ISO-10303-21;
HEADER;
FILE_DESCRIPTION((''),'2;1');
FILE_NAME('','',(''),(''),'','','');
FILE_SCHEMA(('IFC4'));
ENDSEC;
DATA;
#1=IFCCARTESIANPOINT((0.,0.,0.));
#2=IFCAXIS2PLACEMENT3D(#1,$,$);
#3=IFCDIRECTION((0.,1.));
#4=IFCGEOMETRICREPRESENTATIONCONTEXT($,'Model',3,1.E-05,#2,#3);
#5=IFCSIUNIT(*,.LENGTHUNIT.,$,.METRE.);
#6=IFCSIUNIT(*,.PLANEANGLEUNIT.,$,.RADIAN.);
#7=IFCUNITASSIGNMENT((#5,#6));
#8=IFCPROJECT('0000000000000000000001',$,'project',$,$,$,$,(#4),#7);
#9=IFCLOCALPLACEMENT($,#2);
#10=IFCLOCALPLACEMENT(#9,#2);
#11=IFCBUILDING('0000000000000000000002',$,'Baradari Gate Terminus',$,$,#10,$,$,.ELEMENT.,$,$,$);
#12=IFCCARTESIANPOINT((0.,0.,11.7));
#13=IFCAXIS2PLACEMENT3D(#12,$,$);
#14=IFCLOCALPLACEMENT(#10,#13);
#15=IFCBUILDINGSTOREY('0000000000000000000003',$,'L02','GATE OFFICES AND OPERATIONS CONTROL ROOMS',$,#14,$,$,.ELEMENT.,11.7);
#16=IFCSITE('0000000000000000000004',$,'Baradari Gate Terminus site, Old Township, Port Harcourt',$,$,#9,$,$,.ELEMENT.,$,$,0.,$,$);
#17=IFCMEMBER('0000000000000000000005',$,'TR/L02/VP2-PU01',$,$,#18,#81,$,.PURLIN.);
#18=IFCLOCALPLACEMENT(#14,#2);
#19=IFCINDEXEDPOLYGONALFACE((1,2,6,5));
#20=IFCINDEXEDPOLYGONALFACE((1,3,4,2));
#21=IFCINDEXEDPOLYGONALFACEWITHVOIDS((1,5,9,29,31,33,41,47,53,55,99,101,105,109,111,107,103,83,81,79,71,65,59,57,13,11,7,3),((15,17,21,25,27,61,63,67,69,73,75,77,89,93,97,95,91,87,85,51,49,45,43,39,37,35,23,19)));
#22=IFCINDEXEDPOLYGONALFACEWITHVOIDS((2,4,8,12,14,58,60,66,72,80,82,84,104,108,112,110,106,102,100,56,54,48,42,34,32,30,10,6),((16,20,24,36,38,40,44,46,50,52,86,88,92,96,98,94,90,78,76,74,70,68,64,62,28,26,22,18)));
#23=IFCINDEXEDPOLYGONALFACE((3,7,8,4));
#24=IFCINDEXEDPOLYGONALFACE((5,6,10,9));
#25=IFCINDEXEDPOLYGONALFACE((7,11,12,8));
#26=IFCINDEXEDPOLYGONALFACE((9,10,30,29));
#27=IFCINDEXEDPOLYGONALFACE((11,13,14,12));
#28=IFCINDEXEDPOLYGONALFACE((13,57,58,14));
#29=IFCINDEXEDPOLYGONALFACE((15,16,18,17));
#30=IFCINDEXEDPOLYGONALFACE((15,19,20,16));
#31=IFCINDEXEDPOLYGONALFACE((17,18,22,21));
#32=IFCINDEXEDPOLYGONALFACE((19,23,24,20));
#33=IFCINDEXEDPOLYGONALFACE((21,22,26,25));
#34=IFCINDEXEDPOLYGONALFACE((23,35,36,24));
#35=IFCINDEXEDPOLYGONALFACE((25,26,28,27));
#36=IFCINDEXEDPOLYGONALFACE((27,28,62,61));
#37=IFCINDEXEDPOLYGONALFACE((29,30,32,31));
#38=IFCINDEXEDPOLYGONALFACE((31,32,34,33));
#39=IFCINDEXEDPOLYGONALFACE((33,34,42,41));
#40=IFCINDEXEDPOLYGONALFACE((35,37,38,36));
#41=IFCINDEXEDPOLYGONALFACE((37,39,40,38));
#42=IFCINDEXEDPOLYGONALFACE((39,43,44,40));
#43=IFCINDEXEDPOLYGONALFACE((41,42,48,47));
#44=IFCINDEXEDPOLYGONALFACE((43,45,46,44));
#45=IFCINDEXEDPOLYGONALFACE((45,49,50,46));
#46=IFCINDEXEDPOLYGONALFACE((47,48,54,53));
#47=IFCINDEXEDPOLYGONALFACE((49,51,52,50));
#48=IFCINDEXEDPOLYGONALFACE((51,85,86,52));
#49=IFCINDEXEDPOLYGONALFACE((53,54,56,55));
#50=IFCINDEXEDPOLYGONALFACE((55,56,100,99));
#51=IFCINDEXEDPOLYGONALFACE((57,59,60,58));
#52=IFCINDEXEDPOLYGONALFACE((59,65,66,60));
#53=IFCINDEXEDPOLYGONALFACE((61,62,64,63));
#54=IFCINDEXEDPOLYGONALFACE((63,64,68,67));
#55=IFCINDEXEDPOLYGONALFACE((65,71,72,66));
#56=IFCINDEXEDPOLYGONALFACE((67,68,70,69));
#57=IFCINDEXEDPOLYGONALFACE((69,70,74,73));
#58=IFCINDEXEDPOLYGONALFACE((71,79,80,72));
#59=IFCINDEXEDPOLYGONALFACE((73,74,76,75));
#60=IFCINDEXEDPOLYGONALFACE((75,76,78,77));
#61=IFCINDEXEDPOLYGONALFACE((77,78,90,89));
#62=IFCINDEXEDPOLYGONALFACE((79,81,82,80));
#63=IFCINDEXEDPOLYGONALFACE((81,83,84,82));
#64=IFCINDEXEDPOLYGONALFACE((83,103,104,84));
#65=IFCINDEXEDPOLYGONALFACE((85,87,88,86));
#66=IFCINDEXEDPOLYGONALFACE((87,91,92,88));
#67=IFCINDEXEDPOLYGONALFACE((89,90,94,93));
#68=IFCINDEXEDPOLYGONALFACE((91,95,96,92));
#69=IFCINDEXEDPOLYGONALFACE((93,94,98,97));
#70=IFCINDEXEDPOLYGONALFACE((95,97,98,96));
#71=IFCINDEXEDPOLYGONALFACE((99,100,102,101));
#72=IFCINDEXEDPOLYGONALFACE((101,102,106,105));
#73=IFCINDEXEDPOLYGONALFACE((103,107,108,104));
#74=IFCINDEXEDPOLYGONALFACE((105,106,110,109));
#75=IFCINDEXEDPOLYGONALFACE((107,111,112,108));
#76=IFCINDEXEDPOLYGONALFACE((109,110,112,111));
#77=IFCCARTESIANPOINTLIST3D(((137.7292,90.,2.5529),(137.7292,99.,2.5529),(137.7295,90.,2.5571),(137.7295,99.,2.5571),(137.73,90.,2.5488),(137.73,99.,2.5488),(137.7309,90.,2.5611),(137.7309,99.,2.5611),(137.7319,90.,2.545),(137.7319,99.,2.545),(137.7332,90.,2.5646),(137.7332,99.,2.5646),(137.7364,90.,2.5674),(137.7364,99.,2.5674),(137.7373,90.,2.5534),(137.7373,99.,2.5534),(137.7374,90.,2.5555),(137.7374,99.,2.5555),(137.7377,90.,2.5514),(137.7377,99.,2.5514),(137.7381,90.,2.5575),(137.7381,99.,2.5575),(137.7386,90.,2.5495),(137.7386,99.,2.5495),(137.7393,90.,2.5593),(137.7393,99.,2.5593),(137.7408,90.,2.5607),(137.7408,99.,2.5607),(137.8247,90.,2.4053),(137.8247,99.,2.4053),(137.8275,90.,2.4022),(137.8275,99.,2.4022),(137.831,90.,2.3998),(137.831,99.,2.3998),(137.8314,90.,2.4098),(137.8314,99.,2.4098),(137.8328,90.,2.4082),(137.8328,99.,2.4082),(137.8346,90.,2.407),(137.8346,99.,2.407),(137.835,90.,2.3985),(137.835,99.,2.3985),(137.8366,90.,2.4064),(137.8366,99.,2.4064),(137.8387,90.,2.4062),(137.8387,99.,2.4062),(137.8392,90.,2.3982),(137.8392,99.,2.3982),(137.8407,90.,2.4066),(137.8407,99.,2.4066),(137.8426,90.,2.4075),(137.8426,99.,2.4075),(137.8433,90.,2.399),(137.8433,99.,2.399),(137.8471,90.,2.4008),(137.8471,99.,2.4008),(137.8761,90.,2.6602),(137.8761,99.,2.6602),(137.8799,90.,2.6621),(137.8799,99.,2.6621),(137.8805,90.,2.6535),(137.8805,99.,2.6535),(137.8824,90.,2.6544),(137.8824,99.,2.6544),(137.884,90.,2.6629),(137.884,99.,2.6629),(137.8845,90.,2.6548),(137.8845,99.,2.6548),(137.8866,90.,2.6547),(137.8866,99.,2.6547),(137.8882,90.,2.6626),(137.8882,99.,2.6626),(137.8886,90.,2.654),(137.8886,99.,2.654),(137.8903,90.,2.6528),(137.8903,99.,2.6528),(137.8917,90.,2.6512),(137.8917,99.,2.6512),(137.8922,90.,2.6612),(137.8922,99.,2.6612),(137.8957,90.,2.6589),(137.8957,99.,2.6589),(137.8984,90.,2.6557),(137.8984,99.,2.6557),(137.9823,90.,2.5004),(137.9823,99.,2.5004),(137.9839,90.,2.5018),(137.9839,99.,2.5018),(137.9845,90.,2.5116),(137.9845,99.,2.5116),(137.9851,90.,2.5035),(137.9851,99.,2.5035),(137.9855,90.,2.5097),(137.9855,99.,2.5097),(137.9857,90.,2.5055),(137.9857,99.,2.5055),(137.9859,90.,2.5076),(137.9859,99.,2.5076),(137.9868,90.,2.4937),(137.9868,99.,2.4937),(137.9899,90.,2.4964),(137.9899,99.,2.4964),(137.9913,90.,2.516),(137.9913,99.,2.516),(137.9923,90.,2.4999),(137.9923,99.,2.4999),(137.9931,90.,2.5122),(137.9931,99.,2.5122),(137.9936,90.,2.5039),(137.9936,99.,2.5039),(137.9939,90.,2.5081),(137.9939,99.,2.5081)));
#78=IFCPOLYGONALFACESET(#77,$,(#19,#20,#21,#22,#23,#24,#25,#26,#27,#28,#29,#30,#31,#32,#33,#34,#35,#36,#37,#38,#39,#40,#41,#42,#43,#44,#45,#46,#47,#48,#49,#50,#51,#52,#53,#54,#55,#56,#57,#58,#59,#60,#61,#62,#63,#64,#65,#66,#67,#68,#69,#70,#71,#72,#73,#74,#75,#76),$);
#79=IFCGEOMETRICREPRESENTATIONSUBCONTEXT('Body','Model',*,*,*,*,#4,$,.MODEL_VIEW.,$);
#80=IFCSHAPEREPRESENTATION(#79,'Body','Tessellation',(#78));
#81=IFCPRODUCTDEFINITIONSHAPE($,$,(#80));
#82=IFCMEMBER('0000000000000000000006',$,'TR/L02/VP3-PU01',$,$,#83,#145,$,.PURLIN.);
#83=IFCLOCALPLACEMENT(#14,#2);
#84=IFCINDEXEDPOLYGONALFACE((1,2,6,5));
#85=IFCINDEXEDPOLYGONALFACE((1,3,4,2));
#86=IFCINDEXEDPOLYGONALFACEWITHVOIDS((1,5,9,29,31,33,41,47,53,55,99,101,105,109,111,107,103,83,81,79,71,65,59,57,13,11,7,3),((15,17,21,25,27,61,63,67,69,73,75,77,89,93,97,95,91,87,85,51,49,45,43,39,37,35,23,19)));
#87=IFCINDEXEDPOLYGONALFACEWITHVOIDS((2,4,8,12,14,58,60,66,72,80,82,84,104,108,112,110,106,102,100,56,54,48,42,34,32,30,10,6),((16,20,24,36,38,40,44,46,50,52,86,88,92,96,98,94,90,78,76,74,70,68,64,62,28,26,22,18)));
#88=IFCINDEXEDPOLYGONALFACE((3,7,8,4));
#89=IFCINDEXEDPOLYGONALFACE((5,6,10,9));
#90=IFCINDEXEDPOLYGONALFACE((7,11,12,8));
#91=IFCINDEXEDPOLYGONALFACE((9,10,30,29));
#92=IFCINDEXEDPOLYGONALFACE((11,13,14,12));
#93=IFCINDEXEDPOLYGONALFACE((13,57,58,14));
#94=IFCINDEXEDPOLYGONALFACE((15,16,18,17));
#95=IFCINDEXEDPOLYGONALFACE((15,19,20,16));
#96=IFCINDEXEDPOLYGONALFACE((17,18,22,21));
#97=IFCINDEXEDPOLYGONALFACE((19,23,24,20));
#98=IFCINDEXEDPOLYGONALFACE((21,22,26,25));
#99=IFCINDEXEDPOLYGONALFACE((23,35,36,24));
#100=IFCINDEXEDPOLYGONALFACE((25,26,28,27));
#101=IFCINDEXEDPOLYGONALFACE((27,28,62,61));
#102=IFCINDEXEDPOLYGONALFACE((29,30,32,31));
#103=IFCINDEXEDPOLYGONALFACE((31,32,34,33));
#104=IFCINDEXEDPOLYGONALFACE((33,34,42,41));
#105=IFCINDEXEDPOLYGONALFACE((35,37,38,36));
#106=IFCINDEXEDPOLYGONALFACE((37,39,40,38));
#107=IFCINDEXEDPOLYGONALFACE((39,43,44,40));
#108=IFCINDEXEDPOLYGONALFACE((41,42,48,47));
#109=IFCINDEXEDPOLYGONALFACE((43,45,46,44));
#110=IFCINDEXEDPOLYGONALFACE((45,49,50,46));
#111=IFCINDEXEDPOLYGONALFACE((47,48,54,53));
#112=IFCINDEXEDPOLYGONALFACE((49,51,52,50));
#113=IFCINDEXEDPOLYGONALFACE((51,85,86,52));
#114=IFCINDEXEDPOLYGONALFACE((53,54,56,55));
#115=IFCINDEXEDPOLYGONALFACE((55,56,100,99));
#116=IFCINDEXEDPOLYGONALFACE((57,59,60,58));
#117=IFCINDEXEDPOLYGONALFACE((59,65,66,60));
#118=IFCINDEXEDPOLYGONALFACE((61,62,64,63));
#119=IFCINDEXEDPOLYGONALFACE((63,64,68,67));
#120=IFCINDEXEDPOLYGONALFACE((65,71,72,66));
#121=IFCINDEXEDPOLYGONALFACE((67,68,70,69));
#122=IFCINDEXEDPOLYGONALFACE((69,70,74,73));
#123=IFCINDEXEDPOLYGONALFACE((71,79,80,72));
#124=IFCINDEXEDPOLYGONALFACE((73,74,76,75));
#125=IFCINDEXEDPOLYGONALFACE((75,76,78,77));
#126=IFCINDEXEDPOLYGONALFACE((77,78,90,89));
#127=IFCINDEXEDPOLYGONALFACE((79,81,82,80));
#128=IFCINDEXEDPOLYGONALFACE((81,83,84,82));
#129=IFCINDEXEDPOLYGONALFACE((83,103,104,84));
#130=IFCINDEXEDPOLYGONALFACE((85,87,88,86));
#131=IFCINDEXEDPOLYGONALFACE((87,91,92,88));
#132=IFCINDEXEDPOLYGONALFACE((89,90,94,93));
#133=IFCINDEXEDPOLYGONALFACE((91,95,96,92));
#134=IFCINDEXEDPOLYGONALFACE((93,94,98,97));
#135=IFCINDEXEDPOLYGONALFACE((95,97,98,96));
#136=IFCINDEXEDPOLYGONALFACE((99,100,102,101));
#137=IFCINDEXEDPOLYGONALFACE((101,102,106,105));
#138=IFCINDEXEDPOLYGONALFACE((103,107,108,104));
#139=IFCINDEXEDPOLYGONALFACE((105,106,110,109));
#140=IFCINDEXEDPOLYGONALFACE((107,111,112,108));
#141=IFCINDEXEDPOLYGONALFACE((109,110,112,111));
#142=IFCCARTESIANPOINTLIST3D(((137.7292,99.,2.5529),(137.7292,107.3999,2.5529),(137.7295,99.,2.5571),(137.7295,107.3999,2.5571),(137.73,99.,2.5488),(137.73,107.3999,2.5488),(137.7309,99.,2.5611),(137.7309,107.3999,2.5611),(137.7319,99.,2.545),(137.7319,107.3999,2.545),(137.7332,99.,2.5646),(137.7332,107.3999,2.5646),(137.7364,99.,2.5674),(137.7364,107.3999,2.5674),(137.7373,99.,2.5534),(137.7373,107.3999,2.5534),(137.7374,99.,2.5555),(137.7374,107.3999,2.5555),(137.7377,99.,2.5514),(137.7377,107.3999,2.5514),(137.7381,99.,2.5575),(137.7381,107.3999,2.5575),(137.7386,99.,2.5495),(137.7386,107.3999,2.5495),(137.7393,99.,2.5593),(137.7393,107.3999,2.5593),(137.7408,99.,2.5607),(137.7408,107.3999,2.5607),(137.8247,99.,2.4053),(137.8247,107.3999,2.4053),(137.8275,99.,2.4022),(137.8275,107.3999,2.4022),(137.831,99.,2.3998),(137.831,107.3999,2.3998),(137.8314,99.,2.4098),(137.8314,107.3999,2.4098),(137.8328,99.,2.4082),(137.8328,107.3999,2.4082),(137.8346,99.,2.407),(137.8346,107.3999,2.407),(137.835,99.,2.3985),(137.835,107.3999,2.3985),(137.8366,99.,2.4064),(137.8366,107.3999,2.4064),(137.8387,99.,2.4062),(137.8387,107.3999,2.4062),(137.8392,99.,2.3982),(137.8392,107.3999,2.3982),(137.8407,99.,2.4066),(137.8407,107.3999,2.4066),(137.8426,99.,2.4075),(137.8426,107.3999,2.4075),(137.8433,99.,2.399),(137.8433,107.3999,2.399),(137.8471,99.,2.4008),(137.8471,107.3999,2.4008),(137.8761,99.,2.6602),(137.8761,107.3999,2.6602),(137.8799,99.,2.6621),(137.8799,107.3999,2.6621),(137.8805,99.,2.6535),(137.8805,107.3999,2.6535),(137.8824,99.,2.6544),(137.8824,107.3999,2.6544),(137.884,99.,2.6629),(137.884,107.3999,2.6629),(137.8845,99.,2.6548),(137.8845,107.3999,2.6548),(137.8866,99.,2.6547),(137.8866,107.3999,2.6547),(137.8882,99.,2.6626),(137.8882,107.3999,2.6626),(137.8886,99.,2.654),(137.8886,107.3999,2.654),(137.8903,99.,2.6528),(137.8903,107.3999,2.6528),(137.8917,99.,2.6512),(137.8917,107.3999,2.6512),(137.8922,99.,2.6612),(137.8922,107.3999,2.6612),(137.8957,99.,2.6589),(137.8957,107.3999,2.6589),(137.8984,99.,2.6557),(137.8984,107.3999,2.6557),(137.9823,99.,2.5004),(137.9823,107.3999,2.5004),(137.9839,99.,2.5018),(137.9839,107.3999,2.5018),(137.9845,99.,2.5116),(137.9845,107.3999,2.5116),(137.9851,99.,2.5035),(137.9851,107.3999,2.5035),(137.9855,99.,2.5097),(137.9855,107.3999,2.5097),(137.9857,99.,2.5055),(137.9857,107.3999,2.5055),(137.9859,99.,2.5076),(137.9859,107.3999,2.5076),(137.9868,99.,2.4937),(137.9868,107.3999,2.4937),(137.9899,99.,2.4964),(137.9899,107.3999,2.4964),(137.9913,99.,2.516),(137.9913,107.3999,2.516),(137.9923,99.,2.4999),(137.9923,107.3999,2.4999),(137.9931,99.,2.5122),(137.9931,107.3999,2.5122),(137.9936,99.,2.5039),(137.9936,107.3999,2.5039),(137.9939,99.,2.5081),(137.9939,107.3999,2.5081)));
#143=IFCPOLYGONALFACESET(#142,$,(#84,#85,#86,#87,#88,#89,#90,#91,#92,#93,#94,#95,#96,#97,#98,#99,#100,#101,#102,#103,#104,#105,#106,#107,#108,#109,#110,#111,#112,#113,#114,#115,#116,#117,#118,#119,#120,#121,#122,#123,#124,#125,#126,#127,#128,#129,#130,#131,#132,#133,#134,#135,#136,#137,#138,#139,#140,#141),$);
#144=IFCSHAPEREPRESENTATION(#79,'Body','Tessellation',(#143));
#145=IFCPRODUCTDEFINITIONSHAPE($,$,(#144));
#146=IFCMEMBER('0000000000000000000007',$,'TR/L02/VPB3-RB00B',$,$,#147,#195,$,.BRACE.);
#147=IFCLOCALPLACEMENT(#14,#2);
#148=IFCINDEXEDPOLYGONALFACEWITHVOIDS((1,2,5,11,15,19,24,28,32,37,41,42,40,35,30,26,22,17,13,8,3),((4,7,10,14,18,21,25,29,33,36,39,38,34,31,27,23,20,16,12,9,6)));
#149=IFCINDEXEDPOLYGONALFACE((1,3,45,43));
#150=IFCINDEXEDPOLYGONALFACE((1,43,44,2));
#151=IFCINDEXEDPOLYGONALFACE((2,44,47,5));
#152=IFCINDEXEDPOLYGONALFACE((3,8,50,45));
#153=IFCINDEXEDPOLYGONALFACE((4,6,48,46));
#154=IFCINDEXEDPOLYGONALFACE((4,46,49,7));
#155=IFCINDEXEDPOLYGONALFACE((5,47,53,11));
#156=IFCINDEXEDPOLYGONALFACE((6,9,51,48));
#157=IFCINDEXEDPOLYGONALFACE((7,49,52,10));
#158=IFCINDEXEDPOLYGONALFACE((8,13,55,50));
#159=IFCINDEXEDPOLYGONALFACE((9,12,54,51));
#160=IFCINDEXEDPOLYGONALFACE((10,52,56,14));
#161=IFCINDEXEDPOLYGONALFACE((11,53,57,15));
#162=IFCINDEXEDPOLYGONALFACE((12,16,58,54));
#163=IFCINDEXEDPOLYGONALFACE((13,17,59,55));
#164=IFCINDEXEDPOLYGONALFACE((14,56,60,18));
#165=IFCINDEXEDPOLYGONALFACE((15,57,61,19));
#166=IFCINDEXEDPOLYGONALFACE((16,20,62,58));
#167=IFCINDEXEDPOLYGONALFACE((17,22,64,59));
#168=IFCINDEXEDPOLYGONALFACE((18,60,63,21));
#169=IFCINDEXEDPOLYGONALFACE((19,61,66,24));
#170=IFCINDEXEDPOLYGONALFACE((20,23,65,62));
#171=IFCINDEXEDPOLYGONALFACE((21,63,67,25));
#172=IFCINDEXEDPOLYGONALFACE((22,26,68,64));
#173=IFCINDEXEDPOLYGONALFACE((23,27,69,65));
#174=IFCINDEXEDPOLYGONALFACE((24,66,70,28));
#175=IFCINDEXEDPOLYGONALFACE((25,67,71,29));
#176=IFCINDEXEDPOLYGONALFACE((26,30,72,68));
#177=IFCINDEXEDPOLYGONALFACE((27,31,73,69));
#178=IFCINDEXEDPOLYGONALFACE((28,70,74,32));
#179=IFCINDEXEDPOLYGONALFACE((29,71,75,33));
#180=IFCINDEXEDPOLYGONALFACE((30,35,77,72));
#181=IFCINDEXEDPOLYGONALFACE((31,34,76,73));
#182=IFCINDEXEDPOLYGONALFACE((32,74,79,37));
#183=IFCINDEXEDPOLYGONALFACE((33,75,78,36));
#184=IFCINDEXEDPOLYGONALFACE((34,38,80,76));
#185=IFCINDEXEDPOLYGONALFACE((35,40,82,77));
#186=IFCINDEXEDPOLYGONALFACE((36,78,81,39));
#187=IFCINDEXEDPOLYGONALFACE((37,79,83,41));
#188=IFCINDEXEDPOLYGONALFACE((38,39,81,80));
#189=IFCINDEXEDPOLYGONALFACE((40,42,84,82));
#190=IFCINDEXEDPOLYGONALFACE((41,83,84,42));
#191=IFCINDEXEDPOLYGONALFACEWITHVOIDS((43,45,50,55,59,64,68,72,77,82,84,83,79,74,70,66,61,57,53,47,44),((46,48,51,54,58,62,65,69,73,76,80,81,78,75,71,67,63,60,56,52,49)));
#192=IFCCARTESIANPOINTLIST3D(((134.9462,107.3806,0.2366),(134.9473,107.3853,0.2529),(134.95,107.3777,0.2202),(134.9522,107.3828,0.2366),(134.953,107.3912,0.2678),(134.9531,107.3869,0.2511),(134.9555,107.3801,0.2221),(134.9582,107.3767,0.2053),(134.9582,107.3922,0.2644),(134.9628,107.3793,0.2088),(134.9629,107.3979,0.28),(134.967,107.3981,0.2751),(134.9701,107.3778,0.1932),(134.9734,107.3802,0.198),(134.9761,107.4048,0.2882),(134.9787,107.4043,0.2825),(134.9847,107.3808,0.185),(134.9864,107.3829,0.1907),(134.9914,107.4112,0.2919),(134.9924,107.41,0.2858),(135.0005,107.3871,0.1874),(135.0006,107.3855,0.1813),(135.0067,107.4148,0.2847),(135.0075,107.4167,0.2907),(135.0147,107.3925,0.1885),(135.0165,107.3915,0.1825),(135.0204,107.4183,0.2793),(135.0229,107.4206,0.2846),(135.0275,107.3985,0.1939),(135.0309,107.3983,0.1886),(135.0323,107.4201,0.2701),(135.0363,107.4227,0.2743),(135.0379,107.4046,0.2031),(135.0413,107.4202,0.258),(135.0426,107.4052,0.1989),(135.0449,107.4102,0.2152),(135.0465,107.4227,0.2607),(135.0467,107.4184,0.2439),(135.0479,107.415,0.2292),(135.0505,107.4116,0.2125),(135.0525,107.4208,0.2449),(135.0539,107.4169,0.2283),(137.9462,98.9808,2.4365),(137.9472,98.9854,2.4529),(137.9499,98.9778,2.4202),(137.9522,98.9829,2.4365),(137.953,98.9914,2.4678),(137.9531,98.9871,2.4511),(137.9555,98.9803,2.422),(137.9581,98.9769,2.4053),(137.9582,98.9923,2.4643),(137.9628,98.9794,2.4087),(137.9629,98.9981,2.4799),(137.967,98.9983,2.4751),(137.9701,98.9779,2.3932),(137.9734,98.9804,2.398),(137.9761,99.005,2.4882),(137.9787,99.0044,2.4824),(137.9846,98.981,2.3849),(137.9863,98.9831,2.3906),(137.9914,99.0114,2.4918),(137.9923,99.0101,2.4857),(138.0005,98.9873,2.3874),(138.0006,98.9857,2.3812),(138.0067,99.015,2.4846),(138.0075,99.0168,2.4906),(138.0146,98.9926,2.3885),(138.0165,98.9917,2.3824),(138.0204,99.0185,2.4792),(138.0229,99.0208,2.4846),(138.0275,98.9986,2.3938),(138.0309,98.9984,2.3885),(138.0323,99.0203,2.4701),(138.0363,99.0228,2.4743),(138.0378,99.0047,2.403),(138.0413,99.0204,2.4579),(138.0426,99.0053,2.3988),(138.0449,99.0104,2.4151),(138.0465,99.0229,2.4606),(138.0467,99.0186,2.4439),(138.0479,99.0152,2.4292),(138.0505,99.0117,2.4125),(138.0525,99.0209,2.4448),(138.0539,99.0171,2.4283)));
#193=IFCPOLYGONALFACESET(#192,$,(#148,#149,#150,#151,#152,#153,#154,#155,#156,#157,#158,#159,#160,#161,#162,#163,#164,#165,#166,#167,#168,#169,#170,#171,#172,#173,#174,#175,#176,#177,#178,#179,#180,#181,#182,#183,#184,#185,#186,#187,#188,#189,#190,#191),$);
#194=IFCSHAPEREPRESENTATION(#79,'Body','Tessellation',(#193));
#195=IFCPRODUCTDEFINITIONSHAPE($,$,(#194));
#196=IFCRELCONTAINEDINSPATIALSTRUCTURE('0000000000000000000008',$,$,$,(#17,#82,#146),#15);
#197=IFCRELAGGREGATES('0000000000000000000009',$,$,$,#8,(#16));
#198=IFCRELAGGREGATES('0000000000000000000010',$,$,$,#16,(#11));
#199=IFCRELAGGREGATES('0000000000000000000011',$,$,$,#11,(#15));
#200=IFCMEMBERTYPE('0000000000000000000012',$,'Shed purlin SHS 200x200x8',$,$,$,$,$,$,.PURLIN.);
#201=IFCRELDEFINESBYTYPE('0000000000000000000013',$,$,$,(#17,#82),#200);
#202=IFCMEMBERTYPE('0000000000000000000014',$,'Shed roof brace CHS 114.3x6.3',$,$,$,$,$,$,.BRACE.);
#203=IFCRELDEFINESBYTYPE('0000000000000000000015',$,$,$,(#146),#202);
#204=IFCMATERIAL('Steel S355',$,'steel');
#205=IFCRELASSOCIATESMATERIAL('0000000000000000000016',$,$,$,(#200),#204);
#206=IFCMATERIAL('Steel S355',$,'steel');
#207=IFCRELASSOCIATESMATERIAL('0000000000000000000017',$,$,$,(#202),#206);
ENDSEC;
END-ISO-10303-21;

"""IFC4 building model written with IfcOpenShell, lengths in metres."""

from ifc_helpers import new_model, si_unit, direction, frame, origin, origin_2d, place, context, subcontext, project, spatial, hollow_rectangle, hollow_circle, extrude, material, material_profile, profile_set, type_object, element, save


model = new_model("IFC4")

# Units and contexts
model_context = context("Model", 3, precision=1e-05, world=origin(), true_north=direction((0.0, 1.0)))
body_context = subcontext(model_context, "Body", "Model", "MODEL_VIEW")
ifc_project = project(units=[si_unit("LENGTHUNIT", "METRE"), si_unit("PLANEANGLEUNIT", "RADIAN")], contexts=[model_context])

# Site, building, storey
site_placement = place(None, origin())
site = spatial("IfcSite", under=ifc_project, at=site_placement, Name="Baradari Gate Terminus site, Old Township, Port Harcourt", CompositionType="ELEMENT", RefElevation=0.0)
building_placement = place(site_placement, origin())
building = spatial("IfcBuilding", under=site, at=building_placement, Name="Baradari Gate Terminus", CompositionType="ELEMENT")
storey_placement = place(building_placement, frame((0.0, 0.0, 11.7)))
storey = spatial("IfcBuildingStorey", under=building, at=storey_placement, Name="L02", Description="GATE OFFICES AND OPERATIONS CONTROL ROOMS", CompositionType="ELEMENT", Elevation=11.7)

# Members
ifc_material_1 = material(Name="Steel S355", Category="steel")
ifc_material_profile_1 = material_profile(ifc_material_1, hollow_rectangle(XDim=0.2, YDim=0.2, WallThickness=0.0081, InnerFilletRadius=0.0081, OuterFilletRadius=0.0161, at=origin_2d()), Name="SHS 200x200x8")
ifc_profile_set_1 = profile_set([ifc_material_profile_1], Name="Steel S355")
member_type_1 = type_object("IfcMemberType", Name="Shed purlin SHS 200x200x8", PredefinedType="PURLIN", material=ifc_profile_set_1)
member_1_placement = place(storey_placement, frame((137.8616, 90.0, 2.5305), z_axis=(0.0, 1.0, 0.0), x_axis=(-0.832836, 0.0, -0.553519)))
element("IfcMember", 1, at=member_1_placement, inside=storey, type_object=member_type_1, Name="TR/L02/VP2-PU01", PredefinedType="PURLIN", context=body_context, shape_type="SweptSolid", body=[
    extrude(hollow_rectangle(XDim=0.2, YDim=0.2, WallThickness=0.0081, InnerFilletRadius=0.0081, OuterFilletRadius=0.0161, at=origin_2d()), origin(), (0.0, 0.0, 1.0), 9.0),
])
member_2_placement = place(storey_placement, frame((137.8616, 99.0, 2.5305), z_axis=(0.0, 1.0, 0.0), x_axis=(-0.832836, 0.0, -0.553519)))
element("IfcMember", 2, at=member_2_placement, inside=storey, type_object=member_type_1, Name="TR/L02/VP3-PU01", PredefinedType="PURLIN", context=body_context, shape_type="SweptSolid", body=[
    extrude(hollow_rectangle(XDim=0.2, YDim=0.2, WallThickness=0.0081, InnerFilletRadius=0.0081, OuterFilletRadius=0.0161, at=origin_2d()), origin(), (0.0, 0.0, 1.0), 8.3999),
])
ifc_material_2 = material(Name="Steel S355", Category="steel")
ifc_material_profile_2 = material_profile(ifc_material_2, hollow_circle(Radius=0.0571, WallThickness=0.0063, at=origin_2d()), Name="CHS 114.3x6.3")
ifc_profile_set_2 = profile_set([ifc_material_profile_2], Name="Steel S355")
member_type_2 = type_object("IfcMemberType", Name="Shed roof brace CHS 114.3x6.3", PredefinedType="BRACE", material=ifc_profile_set_2)
member_3_placement = place(storey_placement, frame((138.0, 99.0, 2.4365), z_axis=(-0.326554, 0.91434, -0.239468), x_axis=(-0.941741, -0.33634, 0.0)))
element("IfcMember", 3, at=member_3_placement, inside=storey, type_object=member_type_2, Name="TR/L02/VPB3-RB00B", PredefinedType="BRACE", context=body_context, shape_type="SweptSolid", body=[
    extrude(hollow_circle(Radius=0.0571, WallThickness=0.0063, at=origin_2d()), origin(), (0.0, 0.0, 1.0), 9.1868),
])

save(model, "model.ifc")
